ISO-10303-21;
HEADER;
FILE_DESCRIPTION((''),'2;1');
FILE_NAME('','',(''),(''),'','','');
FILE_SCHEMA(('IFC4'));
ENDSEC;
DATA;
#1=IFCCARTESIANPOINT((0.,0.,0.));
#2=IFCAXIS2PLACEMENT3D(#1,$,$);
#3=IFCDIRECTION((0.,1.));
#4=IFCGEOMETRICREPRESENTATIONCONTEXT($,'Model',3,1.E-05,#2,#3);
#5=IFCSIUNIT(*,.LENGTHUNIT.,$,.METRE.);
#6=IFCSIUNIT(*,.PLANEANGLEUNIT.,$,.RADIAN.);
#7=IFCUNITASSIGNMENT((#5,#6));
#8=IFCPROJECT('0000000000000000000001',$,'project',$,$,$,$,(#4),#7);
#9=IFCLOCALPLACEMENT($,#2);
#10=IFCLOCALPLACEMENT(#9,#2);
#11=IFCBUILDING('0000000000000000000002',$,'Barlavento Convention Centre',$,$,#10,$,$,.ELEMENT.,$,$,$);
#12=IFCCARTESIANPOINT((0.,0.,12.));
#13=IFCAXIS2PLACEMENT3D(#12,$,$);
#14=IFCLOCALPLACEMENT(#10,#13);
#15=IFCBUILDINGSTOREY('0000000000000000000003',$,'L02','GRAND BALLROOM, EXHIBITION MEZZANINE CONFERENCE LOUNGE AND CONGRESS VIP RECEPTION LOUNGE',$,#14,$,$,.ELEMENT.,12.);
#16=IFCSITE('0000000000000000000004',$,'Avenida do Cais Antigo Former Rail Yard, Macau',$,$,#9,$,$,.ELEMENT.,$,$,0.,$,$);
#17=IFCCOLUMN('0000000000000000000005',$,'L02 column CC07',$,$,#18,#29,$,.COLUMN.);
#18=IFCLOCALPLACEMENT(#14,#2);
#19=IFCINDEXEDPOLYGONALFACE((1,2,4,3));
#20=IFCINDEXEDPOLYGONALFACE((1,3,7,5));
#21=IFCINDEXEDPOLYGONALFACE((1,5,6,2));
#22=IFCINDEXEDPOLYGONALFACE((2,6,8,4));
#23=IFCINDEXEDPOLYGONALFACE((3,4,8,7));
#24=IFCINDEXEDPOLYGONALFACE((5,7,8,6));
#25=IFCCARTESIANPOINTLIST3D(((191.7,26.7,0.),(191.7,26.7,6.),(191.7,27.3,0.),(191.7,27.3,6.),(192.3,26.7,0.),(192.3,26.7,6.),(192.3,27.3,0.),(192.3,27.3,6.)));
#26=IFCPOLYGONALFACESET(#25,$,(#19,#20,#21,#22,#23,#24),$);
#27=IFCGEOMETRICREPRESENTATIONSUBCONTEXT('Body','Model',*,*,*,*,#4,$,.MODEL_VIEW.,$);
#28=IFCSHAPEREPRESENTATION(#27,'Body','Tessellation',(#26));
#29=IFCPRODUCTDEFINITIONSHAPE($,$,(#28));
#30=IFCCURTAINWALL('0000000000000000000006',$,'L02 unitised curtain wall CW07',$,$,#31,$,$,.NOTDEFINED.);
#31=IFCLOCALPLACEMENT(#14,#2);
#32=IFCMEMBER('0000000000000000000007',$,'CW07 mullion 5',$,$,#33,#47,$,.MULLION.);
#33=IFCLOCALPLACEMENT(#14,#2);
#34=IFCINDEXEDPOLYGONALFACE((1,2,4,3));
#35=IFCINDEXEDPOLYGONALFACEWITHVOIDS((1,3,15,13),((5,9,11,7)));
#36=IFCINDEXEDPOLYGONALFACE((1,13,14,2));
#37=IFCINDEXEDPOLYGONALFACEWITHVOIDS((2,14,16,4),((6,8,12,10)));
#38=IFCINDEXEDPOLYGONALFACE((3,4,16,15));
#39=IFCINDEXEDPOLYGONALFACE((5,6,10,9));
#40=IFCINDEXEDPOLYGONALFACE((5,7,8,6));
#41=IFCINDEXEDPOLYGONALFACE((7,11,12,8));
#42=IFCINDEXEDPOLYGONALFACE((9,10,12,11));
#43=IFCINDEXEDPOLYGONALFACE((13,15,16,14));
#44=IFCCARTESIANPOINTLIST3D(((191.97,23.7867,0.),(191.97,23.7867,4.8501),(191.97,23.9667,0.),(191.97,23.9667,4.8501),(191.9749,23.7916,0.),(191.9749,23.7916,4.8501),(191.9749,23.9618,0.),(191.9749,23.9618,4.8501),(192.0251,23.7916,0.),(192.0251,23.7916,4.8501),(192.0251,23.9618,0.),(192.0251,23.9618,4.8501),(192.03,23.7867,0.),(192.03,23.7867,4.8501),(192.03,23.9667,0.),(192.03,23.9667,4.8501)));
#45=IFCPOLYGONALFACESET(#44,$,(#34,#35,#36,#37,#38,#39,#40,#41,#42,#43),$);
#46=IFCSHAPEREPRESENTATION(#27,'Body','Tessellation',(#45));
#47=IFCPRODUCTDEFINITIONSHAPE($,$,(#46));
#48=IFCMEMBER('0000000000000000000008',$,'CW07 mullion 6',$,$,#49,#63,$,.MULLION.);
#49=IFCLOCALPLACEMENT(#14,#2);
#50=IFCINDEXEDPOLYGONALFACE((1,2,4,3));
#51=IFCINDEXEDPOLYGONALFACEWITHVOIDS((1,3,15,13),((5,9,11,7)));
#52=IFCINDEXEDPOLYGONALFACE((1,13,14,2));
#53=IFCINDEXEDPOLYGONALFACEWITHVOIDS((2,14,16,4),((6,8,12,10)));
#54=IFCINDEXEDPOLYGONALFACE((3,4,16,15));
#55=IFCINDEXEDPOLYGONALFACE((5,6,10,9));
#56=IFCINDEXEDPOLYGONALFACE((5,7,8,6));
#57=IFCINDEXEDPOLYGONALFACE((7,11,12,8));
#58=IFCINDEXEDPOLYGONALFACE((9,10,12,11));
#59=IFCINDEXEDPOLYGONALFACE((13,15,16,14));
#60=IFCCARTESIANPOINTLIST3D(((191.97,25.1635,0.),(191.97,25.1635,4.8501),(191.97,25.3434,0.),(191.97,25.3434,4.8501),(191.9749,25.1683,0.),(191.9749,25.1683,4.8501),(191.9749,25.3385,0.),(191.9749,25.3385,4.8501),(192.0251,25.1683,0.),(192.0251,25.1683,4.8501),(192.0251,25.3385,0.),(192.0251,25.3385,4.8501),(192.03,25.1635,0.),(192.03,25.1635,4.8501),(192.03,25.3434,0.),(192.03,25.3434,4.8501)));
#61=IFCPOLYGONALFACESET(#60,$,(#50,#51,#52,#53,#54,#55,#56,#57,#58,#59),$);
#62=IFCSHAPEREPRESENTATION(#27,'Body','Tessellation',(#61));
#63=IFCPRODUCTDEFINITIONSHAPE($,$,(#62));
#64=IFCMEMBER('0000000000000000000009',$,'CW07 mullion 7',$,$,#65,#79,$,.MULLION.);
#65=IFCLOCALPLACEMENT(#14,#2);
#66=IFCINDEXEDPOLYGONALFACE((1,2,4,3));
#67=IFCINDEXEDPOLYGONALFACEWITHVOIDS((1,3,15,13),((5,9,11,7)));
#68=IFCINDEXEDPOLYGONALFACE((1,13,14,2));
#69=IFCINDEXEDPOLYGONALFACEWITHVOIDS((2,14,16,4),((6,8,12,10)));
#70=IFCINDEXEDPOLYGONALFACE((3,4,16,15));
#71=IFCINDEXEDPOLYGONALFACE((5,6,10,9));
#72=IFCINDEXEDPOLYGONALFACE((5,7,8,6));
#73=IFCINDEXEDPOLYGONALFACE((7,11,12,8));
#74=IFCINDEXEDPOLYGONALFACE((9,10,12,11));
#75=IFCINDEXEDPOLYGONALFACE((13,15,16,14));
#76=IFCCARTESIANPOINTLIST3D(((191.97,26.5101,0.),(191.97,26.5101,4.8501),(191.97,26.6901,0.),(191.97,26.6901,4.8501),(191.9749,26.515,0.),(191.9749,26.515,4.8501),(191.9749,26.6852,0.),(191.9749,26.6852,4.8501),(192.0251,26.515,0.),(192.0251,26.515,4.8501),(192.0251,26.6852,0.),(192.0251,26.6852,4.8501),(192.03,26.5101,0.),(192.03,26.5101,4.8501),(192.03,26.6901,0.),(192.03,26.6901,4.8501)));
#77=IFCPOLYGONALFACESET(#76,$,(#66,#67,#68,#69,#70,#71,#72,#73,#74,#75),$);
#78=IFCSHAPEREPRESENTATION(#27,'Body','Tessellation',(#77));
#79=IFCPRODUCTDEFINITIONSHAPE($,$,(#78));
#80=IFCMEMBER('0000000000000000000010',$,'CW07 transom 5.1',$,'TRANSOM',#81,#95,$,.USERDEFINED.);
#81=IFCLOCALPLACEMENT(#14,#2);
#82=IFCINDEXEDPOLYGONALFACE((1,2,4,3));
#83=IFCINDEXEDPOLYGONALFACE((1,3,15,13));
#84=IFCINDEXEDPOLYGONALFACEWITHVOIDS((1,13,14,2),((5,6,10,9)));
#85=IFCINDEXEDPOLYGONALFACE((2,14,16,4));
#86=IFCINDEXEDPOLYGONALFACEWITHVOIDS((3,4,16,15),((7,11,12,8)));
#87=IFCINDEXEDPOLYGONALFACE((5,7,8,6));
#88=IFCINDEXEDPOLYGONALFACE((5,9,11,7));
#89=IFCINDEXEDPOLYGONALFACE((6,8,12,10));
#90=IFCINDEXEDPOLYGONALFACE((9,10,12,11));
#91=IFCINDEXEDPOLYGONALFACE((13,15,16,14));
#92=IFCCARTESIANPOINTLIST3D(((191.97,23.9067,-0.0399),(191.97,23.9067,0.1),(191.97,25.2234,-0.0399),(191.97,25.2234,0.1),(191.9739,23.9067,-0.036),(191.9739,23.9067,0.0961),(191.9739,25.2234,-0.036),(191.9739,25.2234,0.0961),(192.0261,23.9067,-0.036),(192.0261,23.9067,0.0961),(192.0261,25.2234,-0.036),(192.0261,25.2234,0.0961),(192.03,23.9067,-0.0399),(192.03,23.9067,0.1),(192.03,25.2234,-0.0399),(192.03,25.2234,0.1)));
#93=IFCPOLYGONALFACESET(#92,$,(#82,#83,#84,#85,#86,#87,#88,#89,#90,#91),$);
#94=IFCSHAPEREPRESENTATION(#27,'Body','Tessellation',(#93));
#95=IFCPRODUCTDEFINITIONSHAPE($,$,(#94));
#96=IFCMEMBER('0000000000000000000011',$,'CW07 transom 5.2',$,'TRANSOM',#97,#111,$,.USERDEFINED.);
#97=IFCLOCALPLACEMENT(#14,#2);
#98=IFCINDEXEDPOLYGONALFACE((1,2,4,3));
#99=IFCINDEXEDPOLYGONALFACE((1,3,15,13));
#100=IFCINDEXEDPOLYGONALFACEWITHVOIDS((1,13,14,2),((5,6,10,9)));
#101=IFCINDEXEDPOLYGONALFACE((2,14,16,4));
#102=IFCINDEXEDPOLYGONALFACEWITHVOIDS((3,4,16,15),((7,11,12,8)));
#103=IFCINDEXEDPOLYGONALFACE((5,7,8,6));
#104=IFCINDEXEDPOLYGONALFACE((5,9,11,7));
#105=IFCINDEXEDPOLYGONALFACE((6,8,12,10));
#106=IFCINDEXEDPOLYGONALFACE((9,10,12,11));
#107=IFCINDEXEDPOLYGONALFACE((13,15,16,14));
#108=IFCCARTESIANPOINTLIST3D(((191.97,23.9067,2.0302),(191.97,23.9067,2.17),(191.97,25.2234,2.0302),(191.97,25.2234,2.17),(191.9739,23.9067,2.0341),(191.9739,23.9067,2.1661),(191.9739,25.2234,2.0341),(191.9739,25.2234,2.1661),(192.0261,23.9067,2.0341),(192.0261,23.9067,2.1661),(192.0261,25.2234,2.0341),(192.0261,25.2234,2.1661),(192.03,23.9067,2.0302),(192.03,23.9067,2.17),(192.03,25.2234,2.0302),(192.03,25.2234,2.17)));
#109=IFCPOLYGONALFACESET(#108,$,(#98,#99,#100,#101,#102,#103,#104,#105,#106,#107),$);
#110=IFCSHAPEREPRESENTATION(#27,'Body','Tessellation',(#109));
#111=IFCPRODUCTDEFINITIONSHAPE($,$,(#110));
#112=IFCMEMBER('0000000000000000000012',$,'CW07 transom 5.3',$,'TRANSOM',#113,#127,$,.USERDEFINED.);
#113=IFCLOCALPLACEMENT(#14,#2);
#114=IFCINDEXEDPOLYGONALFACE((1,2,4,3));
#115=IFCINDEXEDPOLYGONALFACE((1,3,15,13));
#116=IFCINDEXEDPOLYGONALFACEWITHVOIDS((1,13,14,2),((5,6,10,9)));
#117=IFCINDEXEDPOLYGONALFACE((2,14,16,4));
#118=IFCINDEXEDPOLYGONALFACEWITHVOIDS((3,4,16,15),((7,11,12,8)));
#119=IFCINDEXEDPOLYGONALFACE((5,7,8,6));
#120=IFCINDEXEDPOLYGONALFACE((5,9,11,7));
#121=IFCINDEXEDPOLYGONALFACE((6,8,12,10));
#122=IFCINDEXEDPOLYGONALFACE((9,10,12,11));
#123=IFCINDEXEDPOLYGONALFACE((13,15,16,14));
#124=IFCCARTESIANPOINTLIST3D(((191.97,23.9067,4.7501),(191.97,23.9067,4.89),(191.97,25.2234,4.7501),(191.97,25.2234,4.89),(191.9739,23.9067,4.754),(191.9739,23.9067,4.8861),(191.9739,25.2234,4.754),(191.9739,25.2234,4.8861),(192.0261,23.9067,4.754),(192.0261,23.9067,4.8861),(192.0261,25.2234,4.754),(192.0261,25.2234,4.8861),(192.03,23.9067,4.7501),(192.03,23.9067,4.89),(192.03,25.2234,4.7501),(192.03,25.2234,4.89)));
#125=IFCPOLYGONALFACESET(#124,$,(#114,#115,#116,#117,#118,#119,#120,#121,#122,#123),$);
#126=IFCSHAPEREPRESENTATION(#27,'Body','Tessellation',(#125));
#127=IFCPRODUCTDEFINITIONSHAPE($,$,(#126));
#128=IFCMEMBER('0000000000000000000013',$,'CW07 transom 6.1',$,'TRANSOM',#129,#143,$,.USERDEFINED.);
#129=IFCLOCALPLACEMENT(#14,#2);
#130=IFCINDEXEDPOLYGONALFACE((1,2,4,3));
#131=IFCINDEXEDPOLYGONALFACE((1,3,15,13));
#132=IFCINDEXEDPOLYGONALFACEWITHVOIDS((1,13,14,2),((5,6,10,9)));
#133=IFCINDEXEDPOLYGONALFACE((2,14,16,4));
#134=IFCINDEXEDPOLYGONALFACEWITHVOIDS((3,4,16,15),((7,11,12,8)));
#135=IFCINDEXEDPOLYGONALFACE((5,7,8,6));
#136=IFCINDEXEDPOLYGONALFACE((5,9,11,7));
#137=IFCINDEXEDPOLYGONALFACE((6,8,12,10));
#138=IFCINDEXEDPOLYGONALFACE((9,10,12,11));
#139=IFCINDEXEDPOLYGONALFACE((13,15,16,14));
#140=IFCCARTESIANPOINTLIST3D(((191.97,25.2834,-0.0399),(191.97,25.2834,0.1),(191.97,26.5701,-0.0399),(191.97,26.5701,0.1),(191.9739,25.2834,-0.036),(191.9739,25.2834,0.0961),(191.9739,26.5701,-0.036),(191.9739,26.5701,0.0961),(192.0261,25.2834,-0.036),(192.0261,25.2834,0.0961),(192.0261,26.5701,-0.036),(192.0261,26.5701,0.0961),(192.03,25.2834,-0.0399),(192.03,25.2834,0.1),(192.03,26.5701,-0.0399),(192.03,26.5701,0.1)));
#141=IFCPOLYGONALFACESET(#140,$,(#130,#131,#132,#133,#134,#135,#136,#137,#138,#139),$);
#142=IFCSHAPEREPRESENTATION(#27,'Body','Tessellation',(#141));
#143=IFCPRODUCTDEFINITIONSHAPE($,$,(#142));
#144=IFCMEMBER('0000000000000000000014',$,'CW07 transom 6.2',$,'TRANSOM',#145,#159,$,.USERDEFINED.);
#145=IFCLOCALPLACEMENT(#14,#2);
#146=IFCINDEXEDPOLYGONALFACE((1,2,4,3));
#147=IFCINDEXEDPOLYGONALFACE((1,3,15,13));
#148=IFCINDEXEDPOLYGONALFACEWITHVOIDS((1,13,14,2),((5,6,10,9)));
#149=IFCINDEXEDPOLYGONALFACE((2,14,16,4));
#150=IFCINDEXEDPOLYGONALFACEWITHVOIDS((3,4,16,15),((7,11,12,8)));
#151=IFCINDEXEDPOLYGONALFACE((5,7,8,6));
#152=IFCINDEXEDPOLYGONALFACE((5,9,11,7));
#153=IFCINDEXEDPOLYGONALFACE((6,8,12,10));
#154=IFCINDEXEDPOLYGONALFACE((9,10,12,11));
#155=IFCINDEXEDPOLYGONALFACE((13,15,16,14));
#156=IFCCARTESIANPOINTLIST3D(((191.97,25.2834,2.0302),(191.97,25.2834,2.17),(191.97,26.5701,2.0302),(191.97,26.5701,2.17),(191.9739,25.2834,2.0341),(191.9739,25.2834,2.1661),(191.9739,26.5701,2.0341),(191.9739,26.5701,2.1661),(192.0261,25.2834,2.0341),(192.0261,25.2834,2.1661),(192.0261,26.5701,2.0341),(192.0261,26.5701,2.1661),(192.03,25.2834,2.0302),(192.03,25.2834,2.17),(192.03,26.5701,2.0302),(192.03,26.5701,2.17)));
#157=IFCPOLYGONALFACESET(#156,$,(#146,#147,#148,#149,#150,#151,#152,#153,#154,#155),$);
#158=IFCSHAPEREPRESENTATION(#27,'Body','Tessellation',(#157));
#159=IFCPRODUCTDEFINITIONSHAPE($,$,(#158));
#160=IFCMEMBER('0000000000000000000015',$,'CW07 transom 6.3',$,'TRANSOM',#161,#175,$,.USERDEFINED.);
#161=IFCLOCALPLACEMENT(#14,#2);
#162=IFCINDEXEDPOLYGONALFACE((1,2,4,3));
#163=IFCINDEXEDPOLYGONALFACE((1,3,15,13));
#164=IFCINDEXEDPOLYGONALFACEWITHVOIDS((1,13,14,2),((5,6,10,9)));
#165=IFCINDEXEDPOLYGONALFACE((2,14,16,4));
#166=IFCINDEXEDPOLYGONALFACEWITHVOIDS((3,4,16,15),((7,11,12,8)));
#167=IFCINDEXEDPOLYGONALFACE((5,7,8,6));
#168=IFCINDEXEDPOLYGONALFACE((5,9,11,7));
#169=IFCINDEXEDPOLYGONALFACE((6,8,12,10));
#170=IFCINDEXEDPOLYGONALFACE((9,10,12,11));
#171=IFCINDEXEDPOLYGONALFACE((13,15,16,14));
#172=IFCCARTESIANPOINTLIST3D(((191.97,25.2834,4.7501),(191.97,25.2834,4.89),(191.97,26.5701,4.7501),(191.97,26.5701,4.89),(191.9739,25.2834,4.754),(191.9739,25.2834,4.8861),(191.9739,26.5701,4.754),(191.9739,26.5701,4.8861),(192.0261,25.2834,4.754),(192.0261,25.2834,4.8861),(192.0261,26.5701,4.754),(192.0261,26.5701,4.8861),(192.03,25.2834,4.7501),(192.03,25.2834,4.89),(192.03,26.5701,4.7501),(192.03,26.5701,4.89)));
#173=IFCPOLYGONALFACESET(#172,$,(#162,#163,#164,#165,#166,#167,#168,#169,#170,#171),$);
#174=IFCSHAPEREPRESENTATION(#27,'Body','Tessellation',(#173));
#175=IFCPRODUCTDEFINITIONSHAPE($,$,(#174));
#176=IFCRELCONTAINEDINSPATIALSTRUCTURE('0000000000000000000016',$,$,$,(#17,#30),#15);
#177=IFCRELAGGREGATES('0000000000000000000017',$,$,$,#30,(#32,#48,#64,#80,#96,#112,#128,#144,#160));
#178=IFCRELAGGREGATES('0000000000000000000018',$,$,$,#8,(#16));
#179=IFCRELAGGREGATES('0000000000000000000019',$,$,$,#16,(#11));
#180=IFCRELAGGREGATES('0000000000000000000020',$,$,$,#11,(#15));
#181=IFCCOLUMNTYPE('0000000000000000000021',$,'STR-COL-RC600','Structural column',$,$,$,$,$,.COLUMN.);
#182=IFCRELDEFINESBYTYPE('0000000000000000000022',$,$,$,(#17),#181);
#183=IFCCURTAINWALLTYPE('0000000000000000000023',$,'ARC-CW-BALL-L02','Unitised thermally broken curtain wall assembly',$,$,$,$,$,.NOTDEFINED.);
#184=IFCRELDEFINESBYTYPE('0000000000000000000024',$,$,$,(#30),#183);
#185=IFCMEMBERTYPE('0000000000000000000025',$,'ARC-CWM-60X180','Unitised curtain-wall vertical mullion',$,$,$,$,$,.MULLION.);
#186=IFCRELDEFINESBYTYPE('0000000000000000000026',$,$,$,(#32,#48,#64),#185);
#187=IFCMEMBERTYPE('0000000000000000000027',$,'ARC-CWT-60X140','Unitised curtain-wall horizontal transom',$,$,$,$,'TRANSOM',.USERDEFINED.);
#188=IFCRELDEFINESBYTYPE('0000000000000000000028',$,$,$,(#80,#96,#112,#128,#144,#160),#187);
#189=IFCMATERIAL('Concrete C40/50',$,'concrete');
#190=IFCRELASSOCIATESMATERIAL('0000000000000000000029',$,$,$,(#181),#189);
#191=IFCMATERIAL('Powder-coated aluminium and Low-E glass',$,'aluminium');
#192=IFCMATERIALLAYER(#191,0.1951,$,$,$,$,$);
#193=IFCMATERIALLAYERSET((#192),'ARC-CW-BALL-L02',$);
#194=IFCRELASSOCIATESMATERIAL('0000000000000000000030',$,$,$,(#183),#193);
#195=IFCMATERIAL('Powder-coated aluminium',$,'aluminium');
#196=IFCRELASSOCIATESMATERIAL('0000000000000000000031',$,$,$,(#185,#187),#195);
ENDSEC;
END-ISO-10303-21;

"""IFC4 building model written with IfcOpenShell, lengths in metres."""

from ifc_helpers import new_model, si_unit, direction, frame, origin, origin_2d, place, context, subcontext, project, spatial, rectangle, hollow_rectangle, extrude, material, layer, layer_set, material_profile, profile_set, type_object, element, aggregate, save


model = new_model("IFC4")

# Units and contexts
model_context = context("Model", 3, precision=1e-05, world=origin(), true_north=direction((0.0, 1.0)))
body_context = subcontext(model_context, "Body", "Model", "MODEL_VIEW")
ifc_project = project(units=[si_unit("LENGTHUNIT", "METRE"), si_unit("PLANEANGLEUNIT", "RADIAN")], contexts=[model_context])

# Site, building, storey
site_placement = place(None, origin())
site = spatial("IfcSite", under=ifc_project, at=site_placement, Name="Avenida do Cais Antigo Former Rail Yard, Macau", CompositionType="ELEMENT", RefElevation=0.0)
building_placement = place(site_placement, origin())
building = spatial("IfcBuilding", under=site, at=building_placement, Name="Barlavento Convention Centre", CompositionType="ELEMENT")
storey_placement = place(building_placement, frame((0.0, 0.0, 12.0)))
storey = spatial("IfcBuildingStorey", under=building, at=storey_placement, Name="L02", Description="GRAND BALLROOM, EXHIBITION MEZZANINE CONFERENCE LOUNGE AND CONGRESS VIP RECEPTION LOUNGE", CompositionType="ELEMENT", Elevation=12.0)

# Column
ifc_material_1 = material(Name="Concrete C40/50", Category="concrete")
ifc_material_profile_1 = material_profile(ifc_material_1, rectangle(XDim=0.6001, YDim=0.6001, at=origin_2d()), Name="RC 600x600")
ifc_profile_set_1 = profile_set([ifc_material_profile_1], Name="Concrete C40/50")
column_type = type_object("IfcColumnType", Name="STR-COL-RC600", Description="Structural column", PredefinedType="COLUMN", material=ifc_profile_set_1)
column_placement = place(storey_placement, frame((192.0, 27.0, 0.0), z_axis=(0.0, 0.0, 1.0), x_axis=(1.0, 0.0, 0.0)))
element("IfcColumn", 1, at=column_placement, inside=storey, type_object=column_type, Name="L02 column CC07", PredefinedType="COLUMN", context=body_context, shape_type="SweptSolid", body=[
    extrude(rectangle(XDim=0.6001, YDim=0.6001, at=origin_2d()), origin(), (0.0, 0.0, 1.0), 6.0),
])

# Curtain wall, members
ifc_material_2 = material(Name="Powder-coated aluminium and Low-E glass", Category="aluminium")
ifc_layer_1 = layer(ifc_material_2, 0.1951)
ifc_layer_set_1 = layer_set([ifc_layer_1], Name="ARC-CW-BALL-L02")
curtain_wall_type = type_object("IfcCurtainWallType", Name="ARC-CW-BALL-L02", Description="Unitised thermally broken curtain wall assembly", PredefinedType="NOTDEFINED", material=ifc_layer_set_1)
curtain_wall_placement = place(storey_placement, origin())
curtain_wall = element("IfcCurtainWall", 2, at=curtain_wall_placement, inside=storey, type_object=curtain_wall_type, Name="L02 unitised curtain wall CW07", PredefinedType="NOTDEFINED")
ifc_material_3 = material(Name="Powder-coated aluminium", Category="aluminium")
ifc_material_profile_2 = material_profile(ifc_material_3, hollow_rectangle(XDim=0.0601, YDim=0.1799, WallThickness=0.0049, at=origin_2d()), Name="AL-MULL 60x180x5")
ifc_profile_set_2 = profile_set([ifc_material_profile_2], Name="Powder-coated aluminium")
member_type_1 = type_object("IfcMemberType", Name="ARC-CWM-60X180", Description="Unitised curtain-wall vertical mullion", PredefinedType="MULLION", material=ifc_profile_set_2)
member_1_placement = place(storey_placement, frame((192.0, 23.8767, 0.0), z_axis=(0.0, 0.0, 1.0), x_axis=(-1.0, 0.0, 0.0)))
member_1 = element("IfcMember", 3, at=member_1_placement, type_object=member_type_1, Name="CW07 mullion 5", PredefinedType="MULLION", context=body_context, shape_type="SweptSolid", body=[
    extrude(hollow_rectangle(XDim=0.0601, YDim=0.1799, WallThickness=0.0049, at=origin_2d()), origin(), (0.0, 0.0, 1.0), 4.8501),
])
member_2_placement = place(storey_placement, frame((192.0, 25.2534, 0.0), z_axis=(0.0, 0.0, 1.0), x_axis=(-1.0, 0.0, 0.0)))
member_2 = element("IfcMember", 4, at=member_2_placement, type_object=member_type_1, Name="CW07 mullion 6", PredefinedType="MULLION", context=body_context, shape_type="SweptSolid", body=[
    extrude(hollow_rectangle(XDim=0.0601, YDim=0.1799, WallThickness=0.0049, at=origin_2d()), origin(), (0.0, 0.0, 1.0), 4.8501),
])
member_3_placement = place(storey_placement, frame((192.0, 26.6001, 0.0), z_axis=(0.0, 0.0, 1.0), x_axis=(-1.0, 0.0, 0.0)))
member_3 = element("IfcMember", 5, at=member_3_placement, type_object=member_type_1, Name="CW07 mullion 7", PredefinedType="MULLION", context=body_context, shape_type="SweptSolid", body=[
    extrude(hollow_rectangle(XDim=0.0601, YDim=0.1799, WallThickness=0.0049, at=origin_2d()), origin(), (0.0, 0.0, 1.0), 4.8501),
])
ifc_material_profile_3 = material_profile(ifc_material_3, hollow_rectangle(XDim=0.0601, YDim=0.1399, WallThickness=0.0039, at=origin_2d()), Name="AL-TRAN 60x140x4")
ifc_profile_set_3 = profile_set([ifc_material_profile_3], Name="Powder-coated aluminium")
member_type_2 = type_object("IfcMemberType", Name="ARC-CWT-60X140", Description="Unitised curtain-wall horizontal transom", ElementType="TRANSOM", PredefinedType="USERDEFINED", material=ifc_profile_set_3)
member_4_placement = place(storey_placement, frame((192.0, 23.9067, 0.03), z_axis=(0.0, 1.0, 0.0), x_axis=(-1.0, 0.0, 0.0)))
member_4 = element("IfcMember", 6, at=member_4_placement, type_object=member_type_2, Name="CW07 transom 5.1", ObjectType="TRANSOM", PredefinedType="USERDEFINED", context=body_context, shape_type="SweptSolid", body=[
    extrude(hollow_rectangle(XDim=0.0601, YDim=0.1399, WallThickness=0.0039, at=origin_2d()), origin(), (0.0, 0.0, 1.0), 1.3167),
])
member_5_placement = place(storey_placement, frame((192.0, 23.9067, 2.1001), z_axis=(0.0, 1.0, 0.0), x_axis=(-1.0, 0.0, 0.0)))
member_5 = element("IfcMember", 7, at=member_5_placement, type_object=member_type_2, Name="CW07 transom 5.2", ObjectType="TRANSOM", PredefinedType="USERDEFINED", context=body_context, shape_type="SweptSolid", body=[
    extrude(hollow_rectangle(XDim=0.0601, YDim=0.1399, WallThickness=0.0039, at=origin_2d()), origin(), (0.0, 0.0, 1.0), 1.3167),
])
member_6_placement = place(storey_placement, frame((192.0, 23.9067, 4.8201), z_axis=(0.0, 1.0, 0.0), x_axis=(-1.0, 0.0, 0.0)))
member_6 = element("IfcMember", 8, at=member_6_placement, type_object=member_type_2, Name="CW07 transom 5.3", ObjectType="TRANSOM", PredefinedType="USERDEFINED", context=body_context, shape_type="SweptSolid", body=[
    extrude(hollow_rectangle(XDim=0.0601, YDim=0.1399, WallThickness=0.0039, at=origin_2d()), origin(), (0.0, 0.0, 1.0), 1.3167),
])
member_7_placement = place(storey_placement, frame((192.0, 25.2834, 0.03), z_axis=(0.0, 1.0, 0.0), x_axis=(-1.0, 0.0, 0.0)))
member_7 = element("IfcMember", 9, at=member_7_placement, type_object=member_type_2, Name="CW07 transom 6.1", ObjectType="TRANSOM", PredefinedType="USERDEFINED", context=body_context, shape_type="SweptSolid", body=[
    extrude(hollow_rectangle(XDim=0.0601, YDim=0.1399, WallThickness=0.0039, at=origin_2d()), origin(), (0.0, 0.0, 1.0), 1.2866),
])
member_8_placement = place(storey_placement, frame((192.0, 25.2834, 2.1001), z_axis=(0.0, 1.0, 0.0), x_axis=(-1.0, 0.0, 0.0)))
member_8 = element("IfcMember", 10, at=member_8_placement, type_object=member_type_2, Name="CW07 transom 6.2", ObjectType="TRANSOM", PredefinedType="USERDEFINED", context=body_context, shape_type="SweptSolid", body=[
    extrude(hollow_rectangle(XDim=0.0601, YDim=0.1399, WallThickness=0.0039, at=origin_2d()), origin(), (0.0, 0.0, 1.0), 1.2866),
])
member_9_placement = place(storey_placement, frame((192.0, 25.2834, 4.8201), z_axis=(0.0, 1.0, 0.0), x_axis=(-1.0, 0.0, 0.0)))
member_9 = element("IfcMember", 11, at=member_9_placement, type_object=member_type_2, Name="CW07 transom 6.3", ObjectType="TRANSOM", PredefinedType="USERDEFINED", context=body_context, shape_type="SweptSolid", body=[
    extrude(hollow_rectangle(XDim=0.0601, YDim=0.1399, WallThickness=0.0039, at=origin_2d()), origin(), (0.0, 0.0, 1.0), 1.2866),
])

aggregate(curtain_wall, [member_1, member_2, member_3, member_4, member_5, member_6, member_7, member_8, member_9])

save(model, "model.ifc")
